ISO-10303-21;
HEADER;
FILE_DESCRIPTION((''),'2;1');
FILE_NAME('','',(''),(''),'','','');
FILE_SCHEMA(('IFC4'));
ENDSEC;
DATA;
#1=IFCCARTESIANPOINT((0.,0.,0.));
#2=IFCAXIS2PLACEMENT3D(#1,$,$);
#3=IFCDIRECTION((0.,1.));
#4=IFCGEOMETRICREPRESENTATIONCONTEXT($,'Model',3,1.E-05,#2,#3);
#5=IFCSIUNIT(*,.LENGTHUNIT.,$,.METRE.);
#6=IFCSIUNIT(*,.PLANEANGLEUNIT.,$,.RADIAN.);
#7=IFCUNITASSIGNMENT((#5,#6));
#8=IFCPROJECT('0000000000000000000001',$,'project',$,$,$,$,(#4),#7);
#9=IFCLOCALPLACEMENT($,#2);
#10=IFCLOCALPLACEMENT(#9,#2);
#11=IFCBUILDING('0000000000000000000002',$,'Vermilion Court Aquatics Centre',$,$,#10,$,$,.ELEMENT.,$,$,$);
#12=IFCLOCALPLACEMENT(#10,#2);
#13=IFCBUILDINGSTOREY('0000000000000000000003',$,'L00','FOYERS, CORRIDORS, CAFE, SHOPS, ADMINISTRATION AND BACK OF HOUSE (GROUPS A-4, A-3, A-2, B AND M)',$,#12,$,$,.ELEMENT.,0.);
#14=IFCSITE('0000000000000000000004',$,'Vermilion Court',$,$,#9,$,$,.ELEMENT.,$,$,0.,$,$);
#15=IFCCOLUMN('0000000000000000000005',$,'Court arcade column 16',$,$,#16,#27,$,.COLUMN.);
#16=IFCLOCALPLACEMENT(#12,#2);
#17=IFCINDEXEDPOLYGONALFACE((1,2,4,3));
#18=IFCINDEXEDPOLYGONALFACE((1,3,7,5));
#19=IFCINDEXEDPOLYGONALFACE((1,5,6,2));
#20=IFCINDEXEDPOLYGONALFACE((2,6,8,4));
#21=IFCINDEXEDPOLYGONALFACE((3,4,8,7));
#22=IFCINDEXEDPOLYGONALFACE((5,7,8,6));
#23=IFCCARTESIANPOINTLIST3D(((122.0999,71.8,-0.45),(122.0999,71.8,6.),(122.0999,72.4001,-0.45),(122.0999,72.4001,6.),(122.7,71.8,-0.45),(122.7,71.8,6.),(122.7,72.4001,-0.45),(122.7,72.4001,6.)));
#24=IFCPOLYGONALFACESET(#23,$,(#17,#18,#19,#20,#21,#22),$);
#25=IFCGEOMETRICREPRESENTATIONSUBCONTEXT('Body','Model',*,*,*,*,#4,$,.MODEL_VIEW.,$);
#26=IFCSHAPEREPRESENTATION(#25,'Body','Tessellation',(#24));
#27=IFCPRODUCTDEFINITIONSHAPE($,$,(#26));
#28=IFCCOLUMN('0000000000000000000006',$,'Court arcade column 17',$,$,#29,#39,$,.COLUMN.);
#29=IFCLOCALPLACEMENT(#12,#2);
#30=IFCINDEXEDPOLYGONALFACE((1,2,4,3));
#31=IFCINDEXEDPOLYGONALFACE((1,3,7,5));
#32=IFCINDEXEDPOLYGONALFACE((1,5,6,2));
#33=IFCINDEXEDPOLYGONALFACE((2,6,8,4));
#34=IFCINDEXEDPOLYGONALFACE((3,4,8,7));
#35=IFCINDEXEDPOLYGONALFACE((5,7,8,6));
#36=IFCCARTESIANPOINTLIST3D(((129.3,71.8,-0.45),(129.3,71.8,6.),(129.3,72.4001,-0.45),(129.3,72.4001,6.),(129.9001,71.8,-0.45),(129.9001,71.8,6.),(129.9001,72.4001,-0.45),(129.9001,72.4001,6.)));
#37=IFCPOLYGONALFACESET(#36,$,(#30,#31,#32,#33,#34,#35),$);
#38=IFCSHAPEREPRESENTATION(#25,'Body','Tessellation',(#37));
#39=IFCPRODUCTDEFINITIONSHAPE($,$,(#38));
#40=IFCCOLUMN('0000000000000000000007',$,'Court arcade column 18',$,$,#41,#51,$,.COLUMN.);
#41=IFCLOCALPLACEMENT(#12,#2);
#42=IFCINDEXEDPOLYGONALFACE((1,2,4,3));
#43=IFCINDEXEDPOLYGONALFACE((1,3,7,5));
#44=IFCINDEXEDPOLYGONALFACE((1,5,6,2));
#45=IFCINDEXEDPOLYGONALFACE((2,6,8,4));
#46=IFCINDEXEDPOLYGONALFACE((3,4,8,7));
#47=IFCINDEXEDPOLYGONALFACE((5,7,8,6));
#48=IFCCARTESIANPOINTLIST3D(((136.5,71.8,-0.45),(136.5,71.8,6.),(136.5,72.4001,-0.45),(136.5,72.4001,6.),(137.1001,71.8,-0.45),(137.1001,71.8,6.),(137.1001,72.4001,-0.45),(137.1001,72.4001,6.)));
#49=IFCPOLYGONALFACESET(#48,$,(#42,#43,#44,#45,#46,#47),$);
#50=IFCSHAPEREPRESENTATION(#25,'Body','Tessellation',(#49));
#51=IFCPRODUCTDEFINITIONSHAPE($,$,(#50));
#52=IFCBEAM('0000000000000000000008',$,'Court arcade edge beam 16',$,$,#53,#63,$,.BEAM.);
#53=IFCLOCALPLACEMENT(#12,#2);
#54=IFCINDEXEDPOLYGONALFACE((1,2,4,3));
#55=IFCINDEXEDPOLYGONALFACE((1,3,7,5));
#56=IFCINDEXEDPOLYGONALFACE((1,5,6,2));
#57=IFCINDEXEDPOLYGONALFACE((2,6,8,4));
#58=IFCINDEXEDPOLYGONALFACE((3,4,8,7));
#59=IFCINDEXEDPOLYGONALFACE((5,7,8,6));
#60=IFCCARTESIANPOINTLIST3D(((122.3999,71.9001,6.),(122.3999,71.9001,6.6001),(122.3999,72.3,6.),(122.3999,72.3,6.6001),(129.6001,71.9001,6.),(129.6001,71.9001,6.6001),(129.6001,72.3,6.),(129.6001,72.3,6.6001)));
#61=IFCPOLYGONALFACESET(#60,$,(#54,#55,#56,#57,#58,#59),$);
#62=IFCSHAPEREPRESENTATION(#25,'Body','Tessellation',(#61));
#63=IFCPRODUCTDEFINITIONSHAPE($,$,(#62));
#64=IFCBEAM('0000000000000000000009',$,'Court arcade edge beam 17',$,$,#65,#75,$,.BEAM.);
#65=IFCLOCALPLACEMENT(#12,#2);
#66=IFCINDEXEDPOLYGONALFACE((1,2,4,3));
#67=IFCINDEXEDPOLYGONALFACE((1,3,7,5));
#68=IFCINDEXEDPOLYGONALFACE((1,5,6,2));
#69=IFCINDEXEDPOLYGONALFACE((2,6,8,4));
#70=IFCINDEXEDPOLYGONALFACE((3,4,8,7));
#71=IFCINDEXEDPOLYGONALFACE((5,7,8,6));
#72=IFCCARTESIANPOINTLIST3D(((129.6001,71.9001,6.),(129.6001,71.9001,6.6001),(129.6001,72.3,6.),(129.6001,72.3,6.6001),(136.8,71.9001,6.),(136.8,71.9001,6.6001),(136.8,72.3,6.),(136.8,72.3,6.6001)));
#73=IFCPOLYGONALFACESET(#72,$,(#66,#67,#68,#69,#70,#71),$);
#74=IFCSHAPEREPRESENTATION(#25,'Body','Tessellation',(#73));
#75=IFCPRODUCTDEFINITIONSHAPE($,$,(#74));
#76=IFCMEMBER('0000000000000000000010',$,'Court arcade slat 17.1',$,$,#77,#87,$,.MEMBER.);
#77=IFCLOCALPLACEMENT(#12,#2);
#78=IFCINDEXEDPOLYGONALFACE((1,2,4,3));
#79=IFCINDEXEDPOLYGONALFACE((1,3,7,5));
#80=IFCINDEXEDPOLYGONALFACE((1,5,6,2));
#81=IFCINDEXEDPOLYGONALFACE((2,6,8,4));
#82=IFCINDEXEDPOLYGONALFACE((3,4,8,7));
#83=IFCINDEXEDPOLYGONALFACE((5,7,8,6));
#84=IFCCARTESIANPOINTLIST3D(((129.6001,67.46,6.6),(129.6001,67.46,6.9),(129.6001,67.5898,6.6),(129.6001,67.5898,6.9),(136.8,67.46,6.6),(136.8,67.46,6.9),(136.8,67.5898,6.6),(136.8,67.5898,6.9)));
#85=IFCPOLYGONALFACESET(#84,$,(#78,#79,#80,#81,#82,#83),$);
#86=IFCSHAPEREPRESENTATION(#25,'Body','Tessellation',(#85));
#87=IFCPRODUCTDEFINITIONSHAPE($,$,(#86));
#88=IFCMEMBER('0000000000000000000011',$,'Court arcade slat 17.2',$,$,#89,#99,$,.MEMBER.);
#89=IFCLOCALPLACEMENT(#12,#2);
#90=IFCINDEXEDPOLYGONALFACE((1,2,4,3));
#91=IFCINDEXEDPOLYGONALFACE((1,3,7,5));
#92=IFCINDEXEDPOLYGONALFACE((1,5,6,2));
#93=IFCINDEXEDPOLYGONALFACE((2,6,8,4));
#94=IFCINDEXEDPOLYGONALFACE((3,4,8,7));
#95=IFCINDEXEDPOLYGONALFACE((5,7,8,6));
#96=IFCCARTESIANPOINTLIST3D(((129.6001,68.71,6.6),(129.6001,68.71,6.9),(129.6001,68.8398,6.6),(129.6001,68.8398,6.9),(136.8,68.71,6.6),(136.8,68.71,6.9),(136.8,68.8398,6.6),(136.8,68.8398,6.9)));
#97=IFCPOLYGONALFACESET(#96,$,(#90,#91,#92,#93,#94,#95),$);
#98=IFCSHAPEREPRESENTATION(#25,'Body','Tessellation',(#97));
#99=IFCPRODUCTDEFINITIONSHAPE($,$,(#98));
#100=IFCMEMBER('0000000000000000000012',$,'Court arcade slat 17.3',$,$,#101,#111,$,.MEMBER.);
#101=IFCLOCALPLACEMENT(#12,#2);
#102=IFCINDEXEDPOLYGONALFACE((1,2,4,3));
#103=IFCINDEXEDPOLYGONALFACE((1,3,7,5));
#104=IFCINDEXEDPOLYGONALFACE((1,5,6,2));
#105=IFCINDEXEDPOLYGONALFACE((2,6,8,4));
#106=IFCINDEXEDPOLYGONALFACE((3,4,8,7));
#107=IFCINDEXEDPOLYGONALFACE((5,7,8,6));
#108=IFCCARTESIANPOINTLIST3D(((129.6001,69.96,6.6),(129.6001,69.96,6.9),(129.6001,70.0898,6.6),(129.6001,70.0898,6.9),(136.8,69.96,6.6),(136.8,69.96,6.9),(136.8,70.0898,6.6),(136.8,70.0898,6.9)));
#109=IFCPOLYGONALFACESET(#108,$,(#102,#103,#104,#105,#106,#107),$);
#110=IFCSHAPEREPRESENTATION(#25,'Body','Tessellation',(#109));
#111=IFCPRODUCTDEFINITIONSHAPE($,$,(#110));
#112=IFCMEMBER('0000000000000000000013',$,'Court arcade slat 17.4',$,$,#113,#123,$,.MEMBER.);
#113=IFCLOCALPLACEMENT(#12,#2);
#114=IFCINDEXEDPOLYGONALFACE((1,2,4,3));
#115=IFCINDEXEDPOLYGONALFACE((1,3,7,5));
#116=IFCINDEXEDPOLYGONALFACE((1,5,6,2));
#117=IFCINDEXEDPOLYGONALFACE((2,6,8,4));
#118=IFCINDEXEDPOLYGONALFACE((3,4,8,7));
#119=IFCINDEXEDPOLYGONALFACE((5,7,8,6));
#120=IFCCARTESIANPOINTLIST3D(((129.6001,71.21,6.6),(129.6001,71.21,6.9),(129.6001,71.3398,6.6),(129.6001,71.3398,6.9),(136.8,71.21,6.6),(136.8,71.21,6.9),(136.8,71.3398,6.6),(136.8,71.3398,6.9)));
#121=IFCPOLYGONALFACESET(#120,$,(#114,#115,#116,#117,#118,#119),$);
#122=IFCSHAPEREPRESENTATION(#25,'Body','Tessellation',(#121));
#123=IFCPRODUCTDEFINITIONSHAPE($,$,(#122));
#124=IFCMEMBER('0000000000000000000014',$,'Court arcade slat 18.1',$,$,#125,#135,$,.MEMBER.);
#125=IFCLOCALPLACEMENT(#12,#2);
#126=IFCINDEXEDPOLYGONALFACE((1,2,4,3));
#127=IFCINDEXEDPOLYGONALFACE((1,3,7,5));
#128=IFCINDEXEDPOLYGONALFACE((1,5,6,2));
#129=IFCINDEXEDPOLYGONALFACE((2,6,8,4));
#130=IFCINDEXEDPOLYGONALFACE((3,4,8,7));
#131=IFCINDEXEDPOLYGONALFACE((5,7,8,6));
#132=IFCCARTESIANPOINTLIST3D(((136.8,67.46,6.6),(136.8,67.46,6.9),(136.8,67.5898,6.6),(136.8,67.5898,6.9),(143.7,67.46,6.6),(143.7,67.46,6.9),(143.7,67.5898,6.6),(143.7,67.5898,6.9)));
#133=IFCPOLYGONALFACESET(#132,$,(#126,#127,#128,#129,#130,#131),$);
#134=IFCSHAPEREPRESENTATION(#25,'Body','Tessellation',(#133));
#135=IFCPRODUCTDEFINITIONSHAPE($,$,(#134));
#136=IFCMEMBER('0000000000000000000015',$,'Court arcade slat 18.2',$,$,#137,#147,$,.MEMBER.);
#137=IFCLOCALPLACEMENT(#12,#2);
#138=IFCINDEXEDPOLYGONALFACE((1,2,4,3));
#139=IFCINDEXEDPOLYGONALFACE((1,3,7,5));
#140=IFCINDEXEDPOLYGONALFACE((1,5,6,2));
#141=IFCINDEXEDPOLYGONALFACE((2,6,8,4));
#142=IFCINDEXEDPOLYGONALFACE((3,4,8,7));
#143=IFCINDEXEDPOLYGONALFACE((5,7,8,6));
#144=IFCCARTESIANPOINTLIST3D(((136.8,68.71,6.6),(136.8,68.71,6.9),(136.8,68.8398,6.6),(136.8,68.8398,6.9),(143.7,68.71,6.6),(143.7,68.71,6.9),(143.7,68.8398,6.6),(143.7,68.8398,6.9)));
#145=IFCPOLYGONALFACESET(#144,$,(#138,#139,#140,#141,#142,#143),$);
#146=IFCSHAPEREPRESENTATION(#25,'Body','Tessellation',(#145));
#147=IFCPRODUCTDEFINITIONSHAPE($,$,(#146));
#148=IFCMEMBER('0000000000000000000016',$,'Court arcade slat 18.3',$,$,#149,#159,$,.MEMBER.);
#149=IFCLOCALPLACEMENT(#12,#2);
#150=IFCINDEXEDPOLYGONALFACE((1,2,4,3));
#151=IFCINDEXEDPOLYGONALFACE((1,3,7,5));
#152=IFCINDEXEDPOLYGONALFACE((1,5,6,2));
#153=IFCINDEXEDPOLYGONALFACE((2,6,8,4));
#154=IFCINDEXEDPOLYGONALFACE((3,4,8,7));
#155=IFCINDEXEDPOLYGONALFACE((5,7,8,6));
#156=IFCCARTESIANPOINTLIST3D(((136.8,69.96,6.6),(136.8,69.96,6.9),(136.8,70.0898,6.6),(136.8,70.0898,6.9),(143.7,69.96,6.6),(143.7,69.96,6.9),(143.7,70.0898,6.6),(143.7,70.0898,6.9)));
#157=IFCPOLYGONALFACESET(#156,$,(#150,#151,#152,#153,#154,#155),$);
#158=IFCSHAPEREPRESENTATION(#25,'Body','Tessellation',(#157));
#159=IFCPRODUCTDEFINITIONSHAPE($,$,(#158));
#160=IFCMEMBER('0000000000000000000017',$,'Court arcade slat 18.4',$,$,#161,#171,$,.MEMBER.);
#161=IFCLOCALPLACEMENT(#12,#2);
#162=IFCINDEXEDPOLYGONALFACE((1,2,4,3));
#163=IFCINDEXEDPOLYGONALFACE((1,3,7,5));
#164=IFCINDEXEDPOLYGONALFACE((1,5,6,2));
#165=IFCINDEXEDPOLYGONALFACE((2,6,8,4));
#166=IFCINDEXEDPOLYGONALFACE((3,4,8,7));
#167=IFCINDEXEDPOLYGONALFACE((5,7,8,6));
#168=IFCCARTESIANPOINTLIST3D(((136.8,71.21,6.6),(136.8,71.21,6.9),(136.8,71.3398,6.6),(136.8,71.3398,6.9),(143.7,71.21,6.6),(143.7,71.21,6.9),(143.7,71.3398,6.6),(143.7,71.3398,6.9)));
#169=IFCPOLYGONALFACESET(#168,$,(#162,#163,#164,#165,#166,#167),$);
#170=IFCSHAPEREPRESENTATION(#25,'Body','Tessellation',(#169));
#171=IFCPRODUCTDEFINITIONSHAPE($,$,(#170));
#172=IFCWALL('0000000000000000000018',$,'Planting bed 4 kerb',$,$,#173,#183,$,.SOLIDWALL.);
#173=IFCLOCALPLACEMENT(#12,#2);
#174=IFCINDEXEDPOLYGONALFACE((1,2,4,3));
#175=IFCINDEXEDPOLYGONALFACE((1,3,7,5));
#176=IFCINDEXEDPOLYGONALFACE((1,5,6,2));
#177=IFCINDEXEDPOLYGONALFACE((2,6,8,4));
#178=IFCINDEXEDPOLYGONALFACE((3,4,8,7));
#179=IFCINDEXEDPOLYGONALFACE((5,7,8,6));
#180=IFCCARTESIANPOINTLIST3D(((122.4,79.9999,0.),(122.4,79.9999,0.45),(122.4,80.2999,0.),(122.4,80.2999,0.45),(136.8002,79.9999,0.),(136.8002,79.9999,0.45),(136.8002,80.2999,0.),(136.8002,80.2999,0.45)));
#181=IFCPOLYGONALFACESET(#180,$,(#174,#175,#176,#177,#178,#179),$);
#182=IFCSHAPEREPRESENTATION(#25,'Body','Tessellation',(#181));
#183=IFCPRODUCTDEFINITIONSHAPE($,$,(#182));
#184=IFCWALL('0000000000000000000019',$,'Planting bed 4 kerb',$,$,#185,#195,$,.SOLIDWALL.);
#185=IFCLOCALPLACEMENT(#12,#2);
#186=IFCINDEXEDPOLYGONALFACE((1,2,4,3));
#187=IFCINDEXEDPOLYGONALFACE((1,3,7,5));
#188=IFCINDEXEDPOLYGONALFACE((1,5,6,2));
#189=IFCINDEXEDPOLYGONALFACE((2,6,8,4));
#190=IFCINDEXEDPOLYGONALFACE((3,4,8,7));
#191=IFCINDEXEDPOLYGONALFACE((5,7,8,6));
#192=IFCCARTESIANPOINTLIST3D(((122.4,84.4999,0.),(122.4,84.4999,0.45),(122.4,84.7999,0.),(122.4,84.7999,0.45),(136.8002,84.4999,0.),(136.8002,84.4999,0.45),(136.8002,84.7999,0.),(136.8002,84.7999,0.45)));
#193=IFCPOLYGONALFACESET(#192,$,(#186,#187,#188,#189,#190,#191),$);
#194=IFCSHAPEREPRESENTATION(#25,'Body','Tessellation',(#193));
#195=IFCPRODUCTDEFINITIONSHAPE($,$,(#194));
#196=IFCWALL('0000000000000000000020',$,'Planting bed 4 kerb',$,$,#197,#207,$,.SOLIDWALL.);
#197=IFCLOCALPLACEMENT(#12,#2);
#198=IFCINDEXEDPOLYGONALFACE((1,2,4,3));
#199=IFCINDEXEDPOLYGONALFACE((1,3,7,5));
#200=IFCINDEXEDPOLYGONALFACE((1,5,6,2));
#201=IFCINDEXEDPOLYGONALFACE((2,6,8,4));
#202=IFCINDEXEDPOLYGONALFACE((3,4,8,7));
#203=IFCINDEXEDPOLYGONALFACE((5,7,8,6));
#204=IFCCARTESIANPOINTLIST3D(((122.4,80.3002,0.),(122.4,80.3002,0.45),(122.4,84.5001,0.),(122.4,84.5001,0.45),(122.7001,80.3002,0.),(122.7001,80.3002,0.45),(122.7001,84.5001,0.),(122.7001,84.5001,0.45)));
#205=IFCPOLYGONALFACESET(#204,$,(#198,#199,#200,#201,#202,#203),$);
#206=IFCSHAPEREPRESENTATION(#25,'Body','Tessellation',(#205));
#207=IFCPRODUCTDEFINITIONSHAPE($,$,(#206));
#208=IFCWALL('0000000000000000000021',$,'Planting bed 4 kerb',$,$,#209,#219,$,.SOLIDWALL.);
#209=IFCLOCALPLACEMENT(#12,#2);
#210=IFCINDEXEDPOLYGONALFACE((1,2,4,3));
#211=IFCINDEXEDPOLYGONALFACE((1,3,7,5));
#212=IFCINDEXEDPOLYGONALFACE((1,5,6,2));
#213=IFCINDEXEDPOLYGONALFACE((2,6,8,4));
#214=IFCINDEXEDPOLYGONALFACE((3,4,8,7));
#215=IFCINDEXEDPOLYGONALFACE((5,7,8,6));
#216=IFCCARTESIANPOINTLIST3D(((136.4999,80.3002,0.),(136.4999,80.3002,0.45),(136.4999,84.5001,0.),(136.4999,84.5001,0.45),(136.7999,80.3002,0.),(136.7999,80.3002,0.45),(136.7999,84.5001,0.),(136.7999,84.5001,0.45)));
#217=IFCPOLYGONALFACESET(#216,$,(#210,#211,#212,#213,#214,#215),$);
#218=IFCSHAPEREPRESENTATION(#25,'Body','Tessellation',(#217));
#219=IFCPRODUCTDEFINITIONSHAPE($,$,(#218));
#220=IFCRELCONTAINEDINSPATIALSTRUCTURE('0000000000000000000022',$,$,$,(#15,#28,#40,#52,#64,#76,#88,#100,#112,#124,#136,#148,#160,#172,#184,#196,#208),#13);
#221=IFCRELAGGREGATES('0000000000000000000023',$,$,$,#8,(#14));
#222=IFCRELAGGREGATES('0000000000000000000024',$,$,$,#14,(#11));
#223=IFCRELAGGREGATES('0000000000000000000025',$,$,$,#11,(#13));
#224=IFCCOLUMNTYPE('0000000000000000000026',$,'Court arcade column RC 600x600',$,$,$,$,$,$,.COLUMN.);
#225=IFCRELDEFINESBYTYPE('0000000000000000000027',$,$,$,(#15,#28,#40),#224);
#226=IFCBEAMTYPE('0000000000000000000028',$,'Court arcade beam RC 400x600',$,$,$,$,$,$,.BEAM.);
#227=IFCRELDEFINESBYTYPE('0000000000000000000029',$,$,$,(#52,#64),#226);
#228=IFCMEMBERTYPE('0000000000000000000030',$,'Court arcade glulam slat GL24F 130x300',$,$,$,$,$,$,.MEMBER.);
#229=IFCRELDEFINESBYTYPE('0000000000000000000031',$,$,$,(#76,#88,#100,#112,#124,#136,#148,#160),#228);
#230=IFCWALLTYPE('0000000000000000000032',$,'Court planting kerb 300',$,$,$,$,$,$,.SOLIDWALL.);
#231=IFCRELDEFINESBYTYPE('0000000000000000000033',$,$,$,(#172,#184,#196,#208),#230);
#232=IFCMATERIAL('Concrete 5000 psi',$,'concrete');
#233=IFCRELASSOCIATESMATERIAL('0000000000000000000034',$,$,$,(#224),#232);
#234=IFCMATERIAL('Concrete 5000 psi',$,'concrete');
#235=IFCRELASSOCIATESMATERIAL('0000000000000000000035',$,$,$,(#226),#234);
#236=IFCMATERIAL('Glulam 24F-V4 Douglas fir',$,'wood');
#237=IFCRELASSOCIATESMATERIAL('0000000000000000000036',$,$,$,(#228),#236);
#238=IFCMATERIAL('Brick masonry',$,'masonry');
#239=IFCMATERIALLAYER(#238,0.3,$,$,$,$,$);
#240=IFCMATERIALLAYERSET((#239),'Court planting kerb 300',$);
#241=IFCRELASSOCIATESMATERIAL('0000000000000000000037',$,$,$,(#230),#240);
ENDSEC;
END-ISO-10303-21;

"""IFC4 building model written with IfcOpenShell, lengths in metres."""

from ifc_helpers import new_model, si_unit, direction, frame, frame_2d, origin, origin_2d, place, context, subcontext, project, spatial, rectangle, extrude, material, layer, layer_set, material_profile, profile_set, type_object, element, save


model = new_model("IFC4")

# Units and contexts
model_context = context("Model", 3, precision=1e-05, world=origin(), true_north=direction((0.0, 1.0)))
body_context = subcontext(model_context, "Body", "Model", "MODEL_VIEW")
ifc_project = project(units=[si_unit("LENGTHUNIT", "METRE"), si_unit("PLANEANGLEUNIT", "RADIAN")], contexts=[model_context])

# Site, building, storey
site_placement = place(None, origin())
site = spatial("IfcSite", under=ifc_project, at=site_placement, Name="Vermilion Court", CompositionType="ELEMENT", RefElevation=0.0)
building_placement = place(site_placement, origin())
building = spatial("IfcBuilding", under=site, at=building_placement, Name="Vermilion Court Aquatics Centre", CompositionType="ELEMENT")
storey_placement = place(building_placement, origin())
storey = spatial("IfcBuildingStorey", under=building, at=storey_placement, Name="L00", Description="FOYERS, CORRIDORS, CAFE, SHOPS, ADMINISTRATION AND BACK OF HOUSE (GROUPS A-4, A-3, A-2, B AND M)", CompositionType="ELEMENT", Elevation=0.0)

# Columns
ifc_material_1 = material(Name="Concrete 5000 psi", Category="concrete")
ifc_material_profile_1 = material_profile(ifc_material_1, rectangle(XDim=0.6001, YDim=0.6001, at=origin_2d()), Name="RC 600x600")
ifc_profile_set_1 = profile_set([ifc_material_profile_1], Name="Concrete 5000 psi")
column_type = type_object("IfcColumnType", Name="Court arcade column RC 600x600", PredefinedType="COLUMN", material=ifc_profile_set_1)
for number, where, z_axis, x_axis, name in (
    (1, (122.3999, 72.1001, -0.45), (0.0, 0.0, 1.0), (1.0, 0.0, 0.0), "Court arcade column 16"),
    (2, (129.6001, 72.1001, -0.45), (0.0, 0.0, 1.0), (1.0, 0.0, 0.0), "Court arcade column 17"),
    (3, (136.8, 72.1001, -0.45), (0.0, 0.0, 1.0), (1.0, 0.0, 0.0), "Court arcade column 18"),
):
    element("IfcColumn", number, at=place(storey_placement, frame(where, z_axis=z_axis, x_axis=x_axis)), inside=storey, type_object=column_type, Name=name, PredefinedType="COLUMN", context=body_context, shape_type="SweptSolid", body=[
        extrude(rectangle(XDim=0.6001, YDim=0.6001, at=origin_2d()), origin(), (0.0, 0.0, 1.0), 6.45),
    ])

# Beams
ifc_material_2 = material(Name="Concrete 5000 psi", Category="concrete")
ifc_material_profile_2 = material_profile(ifc_material_2, rectangle(XDim=0.3999, YDim=0.6001, at=origin_2d()), Name="RC 400x600")
ifc_profile_set_2 = profile_set([ifc_material_profile_2], Name="Concrete 5000 psi")
beam_type = type_object("IfcBeamType", Name="Court arcade beam RC 400x600", PredefinedType="BEAM", material=ifc_profile_set_2)
beam_1_placement = place(storey_placement, frame((122.3999, 72.1001, 6.3), z_axis=(1.0, 0.0, 0.0), x_axis=(0.0, 1.0, 0.0)))
element("IfcBeam", 4, at=beam_1_placement, inside=storey, type_object=beam_type, Name="Court arcade edge beam 16", PredefinedType="BEAM", context=body_context, shape_type="SweptSolid", body=[
    extrude(rectangle(XDim=0.3999, YDim=0.6001, at=origin_2d()), origin(), (0.0, 0.0, 1.0), 7.2002),
])
beam_2_placement = place(storey_placement, frame((129.6001, 72.1001, 6.3), z_axis=(1.0, 0.0, 0.0), x_axis=(0.0, 1.0, 0.0)))
element("IfcBeam", 5, at=beam_2_placement, inside=storey, type_object=beam_type, Name="Court arcade edge beam 17", PredefinedType="BEAM", context=body_context, shape_type="SweptSolid", body=[
    extrude(rectangle(XDim=0.3999, YDim=0.6001, at=origin_2d()), origin(), (0.0, 0.0, 1.0), 7.2),
])

# Members
ifc_material_3 = material(Name="Glulam 24F-V4 Douglas fir", Category="wood")
ifc_material_profile_3 = material_profile(ifc_material_3, rectangle(XDim=0.1299, YDim=0.3, at=origin_2d()), Name="GL24F 130x300")
ifc_profile_set_3 = profile_set([ifc_material_profile_3], Name="Glulam 24F-V4 Douglas fir")
member_type = type_object("IfcMemberType", Name="Court arcade glulam slat GL24F 130x300", PredefinedType="MEMBER", material=ifc_profile_set_3)
for number, where, z_axis, x_axis, name in (
    (6, (129.6001, 67.5249, 6.75), (1.0, 0.0, 0.0), (0.0, 1.0, 0.0), "Court arcade slat 17.1"),
    (7, (129.6001, 68.7749, 6.75), (1.0, 0.0, 0.0), (0.0, 1.0, 0.0), "Court arcade slat 17.2"),
    (8, (129.6001, 70.0249, 6.75), (1.0, 0.0, 0.0), (0.0, 1.0, 0.0), "Court arcade slat 17.3"),
    (9, (129.6001, 71.2749, 6.75), (1.0, 0.0, 0.0), (0.0, 1.0, 0.0), "Court arcade slat 17.4"),
):
    element("IfcMember", number, at=place(storey_placement, frame(where, z_axis=z_axis, x_axis=x_axis)), inside=storey, type_object=member_type, Name=name, PredefinedType="MEMBER", context=body_context, shape_type="SweptSolid", body=[
        extrude(rectangle(XDim=0.1299, YDim=0.3, at=origin_2d()), origin(), (0.0, 0.0, 1.0), 7.2),
    ])
for number, where, z_axis, x_axis, name in (
    (10, (136.8, 67.5249, 6.75), (1.0, 0.0, 0.0), (0.0, 1.0, 0.0), "Court arcade slat 18.1"),
    (11, (136.8, 68.7749, 6.75), (1.0, 0.0, 0.0), (0.0, 1.0, 0.0), "Court arcade slat 18.2"),
    (12, (136.8, 70.0249, 6.75), (1.0, 0.0, 0.0), (0.0, 1.0, 0.0), "Court arcade slat 18.3"),
    (13, (136.8, 71.2749, 6.75), (1.0, 0.0, 0.0), (0.0, 1.0, 0.0), "Court arcade slat 18.4"),
):
    element("IfcMember", number, at=place(storey_placement, frame(where, z_axis=z_axis, x_axis=x_axis)), inside=storey, type_object=member_type, Name=name, PredefinedType="MEMBER", context=body_context, shape_type="SweptSolid", body=[
        extrude(rectangle(XDim=0.1299, YDim=0.3, at=origin_2d()), origin(), (0.0, 0.0, 1.0), 6.8999),
    ])

# Walls
ifc_material_4 = material(Name="Brick masonry", Category="masonry")
ifc_layer = layer(ifc_material_4, 0.3)
ifc_layer_set = layer_set([ifc_layer], Name="Court planting kerb 300")
wall_type = type_object("IfcWallType", Name="Court planting kerb 300", PredefinedType="SOLIDWALL", material=ifc_layer_set)
for number, where, z_axis, x_axis, name in (
    (14, (122.3999, 80.1499, 0.0), (0.0, 0.0, 1.0), (1.0, 0.0, 0.0), "Planting bed 4 kerb"),
    (15, (122.3999, 84.6499, 0.0), (0.0, 0.0, 1.0), (1.0, 0.0, 0.0), "Planting bed 4 kerb"),
):
    element("IfcWall", number, at=place(storey_placement, frame(where, z_axis=z_axis, x_axis=x_axis)), inside=storey, type_object=wall_type, Name=name, PredefinedType="SOLIDWALL", context=body_context, shape_type="SweptSolid", body=[
        extrude(rectangle(XDim=14.4001, YDim=0.3, at=frame_2d((7.2002, 0.0))), origin(), (0.0, 0.0, 1.0), 0.45),
    ])
for number, where, z_axis, x_axis, name in (
    (16, (122.55, 80.3, 0.0), (0.0, 0.0, 1.0), (0.0, 1.0, 0.0), "Planting bed 4 kerb"),
    (17, (136.6499, 80.3, 0.0), (0.0, 0.0, 1.0), (0.0, 1.0, 0.0), "Planting bed 4 kerb"),
):
    element("IfcWall", number, at=place(storey_placement, frame(where, z_axis=z_axis, x_axis=x_axis)), inside=storey, type_object=wall_type, Name=name, PredefinedType="SOLIDWALL", context=body_context, shape_type="SweptSolid", body=[
        extrude(rectangle(XDim=4.2, YDim=0.3, at=frame_2d((2.1001, 0.0))), origin(), (0.0, 0.0, 1.0), 0.45),
    ])

save(model, "model.ifc")
